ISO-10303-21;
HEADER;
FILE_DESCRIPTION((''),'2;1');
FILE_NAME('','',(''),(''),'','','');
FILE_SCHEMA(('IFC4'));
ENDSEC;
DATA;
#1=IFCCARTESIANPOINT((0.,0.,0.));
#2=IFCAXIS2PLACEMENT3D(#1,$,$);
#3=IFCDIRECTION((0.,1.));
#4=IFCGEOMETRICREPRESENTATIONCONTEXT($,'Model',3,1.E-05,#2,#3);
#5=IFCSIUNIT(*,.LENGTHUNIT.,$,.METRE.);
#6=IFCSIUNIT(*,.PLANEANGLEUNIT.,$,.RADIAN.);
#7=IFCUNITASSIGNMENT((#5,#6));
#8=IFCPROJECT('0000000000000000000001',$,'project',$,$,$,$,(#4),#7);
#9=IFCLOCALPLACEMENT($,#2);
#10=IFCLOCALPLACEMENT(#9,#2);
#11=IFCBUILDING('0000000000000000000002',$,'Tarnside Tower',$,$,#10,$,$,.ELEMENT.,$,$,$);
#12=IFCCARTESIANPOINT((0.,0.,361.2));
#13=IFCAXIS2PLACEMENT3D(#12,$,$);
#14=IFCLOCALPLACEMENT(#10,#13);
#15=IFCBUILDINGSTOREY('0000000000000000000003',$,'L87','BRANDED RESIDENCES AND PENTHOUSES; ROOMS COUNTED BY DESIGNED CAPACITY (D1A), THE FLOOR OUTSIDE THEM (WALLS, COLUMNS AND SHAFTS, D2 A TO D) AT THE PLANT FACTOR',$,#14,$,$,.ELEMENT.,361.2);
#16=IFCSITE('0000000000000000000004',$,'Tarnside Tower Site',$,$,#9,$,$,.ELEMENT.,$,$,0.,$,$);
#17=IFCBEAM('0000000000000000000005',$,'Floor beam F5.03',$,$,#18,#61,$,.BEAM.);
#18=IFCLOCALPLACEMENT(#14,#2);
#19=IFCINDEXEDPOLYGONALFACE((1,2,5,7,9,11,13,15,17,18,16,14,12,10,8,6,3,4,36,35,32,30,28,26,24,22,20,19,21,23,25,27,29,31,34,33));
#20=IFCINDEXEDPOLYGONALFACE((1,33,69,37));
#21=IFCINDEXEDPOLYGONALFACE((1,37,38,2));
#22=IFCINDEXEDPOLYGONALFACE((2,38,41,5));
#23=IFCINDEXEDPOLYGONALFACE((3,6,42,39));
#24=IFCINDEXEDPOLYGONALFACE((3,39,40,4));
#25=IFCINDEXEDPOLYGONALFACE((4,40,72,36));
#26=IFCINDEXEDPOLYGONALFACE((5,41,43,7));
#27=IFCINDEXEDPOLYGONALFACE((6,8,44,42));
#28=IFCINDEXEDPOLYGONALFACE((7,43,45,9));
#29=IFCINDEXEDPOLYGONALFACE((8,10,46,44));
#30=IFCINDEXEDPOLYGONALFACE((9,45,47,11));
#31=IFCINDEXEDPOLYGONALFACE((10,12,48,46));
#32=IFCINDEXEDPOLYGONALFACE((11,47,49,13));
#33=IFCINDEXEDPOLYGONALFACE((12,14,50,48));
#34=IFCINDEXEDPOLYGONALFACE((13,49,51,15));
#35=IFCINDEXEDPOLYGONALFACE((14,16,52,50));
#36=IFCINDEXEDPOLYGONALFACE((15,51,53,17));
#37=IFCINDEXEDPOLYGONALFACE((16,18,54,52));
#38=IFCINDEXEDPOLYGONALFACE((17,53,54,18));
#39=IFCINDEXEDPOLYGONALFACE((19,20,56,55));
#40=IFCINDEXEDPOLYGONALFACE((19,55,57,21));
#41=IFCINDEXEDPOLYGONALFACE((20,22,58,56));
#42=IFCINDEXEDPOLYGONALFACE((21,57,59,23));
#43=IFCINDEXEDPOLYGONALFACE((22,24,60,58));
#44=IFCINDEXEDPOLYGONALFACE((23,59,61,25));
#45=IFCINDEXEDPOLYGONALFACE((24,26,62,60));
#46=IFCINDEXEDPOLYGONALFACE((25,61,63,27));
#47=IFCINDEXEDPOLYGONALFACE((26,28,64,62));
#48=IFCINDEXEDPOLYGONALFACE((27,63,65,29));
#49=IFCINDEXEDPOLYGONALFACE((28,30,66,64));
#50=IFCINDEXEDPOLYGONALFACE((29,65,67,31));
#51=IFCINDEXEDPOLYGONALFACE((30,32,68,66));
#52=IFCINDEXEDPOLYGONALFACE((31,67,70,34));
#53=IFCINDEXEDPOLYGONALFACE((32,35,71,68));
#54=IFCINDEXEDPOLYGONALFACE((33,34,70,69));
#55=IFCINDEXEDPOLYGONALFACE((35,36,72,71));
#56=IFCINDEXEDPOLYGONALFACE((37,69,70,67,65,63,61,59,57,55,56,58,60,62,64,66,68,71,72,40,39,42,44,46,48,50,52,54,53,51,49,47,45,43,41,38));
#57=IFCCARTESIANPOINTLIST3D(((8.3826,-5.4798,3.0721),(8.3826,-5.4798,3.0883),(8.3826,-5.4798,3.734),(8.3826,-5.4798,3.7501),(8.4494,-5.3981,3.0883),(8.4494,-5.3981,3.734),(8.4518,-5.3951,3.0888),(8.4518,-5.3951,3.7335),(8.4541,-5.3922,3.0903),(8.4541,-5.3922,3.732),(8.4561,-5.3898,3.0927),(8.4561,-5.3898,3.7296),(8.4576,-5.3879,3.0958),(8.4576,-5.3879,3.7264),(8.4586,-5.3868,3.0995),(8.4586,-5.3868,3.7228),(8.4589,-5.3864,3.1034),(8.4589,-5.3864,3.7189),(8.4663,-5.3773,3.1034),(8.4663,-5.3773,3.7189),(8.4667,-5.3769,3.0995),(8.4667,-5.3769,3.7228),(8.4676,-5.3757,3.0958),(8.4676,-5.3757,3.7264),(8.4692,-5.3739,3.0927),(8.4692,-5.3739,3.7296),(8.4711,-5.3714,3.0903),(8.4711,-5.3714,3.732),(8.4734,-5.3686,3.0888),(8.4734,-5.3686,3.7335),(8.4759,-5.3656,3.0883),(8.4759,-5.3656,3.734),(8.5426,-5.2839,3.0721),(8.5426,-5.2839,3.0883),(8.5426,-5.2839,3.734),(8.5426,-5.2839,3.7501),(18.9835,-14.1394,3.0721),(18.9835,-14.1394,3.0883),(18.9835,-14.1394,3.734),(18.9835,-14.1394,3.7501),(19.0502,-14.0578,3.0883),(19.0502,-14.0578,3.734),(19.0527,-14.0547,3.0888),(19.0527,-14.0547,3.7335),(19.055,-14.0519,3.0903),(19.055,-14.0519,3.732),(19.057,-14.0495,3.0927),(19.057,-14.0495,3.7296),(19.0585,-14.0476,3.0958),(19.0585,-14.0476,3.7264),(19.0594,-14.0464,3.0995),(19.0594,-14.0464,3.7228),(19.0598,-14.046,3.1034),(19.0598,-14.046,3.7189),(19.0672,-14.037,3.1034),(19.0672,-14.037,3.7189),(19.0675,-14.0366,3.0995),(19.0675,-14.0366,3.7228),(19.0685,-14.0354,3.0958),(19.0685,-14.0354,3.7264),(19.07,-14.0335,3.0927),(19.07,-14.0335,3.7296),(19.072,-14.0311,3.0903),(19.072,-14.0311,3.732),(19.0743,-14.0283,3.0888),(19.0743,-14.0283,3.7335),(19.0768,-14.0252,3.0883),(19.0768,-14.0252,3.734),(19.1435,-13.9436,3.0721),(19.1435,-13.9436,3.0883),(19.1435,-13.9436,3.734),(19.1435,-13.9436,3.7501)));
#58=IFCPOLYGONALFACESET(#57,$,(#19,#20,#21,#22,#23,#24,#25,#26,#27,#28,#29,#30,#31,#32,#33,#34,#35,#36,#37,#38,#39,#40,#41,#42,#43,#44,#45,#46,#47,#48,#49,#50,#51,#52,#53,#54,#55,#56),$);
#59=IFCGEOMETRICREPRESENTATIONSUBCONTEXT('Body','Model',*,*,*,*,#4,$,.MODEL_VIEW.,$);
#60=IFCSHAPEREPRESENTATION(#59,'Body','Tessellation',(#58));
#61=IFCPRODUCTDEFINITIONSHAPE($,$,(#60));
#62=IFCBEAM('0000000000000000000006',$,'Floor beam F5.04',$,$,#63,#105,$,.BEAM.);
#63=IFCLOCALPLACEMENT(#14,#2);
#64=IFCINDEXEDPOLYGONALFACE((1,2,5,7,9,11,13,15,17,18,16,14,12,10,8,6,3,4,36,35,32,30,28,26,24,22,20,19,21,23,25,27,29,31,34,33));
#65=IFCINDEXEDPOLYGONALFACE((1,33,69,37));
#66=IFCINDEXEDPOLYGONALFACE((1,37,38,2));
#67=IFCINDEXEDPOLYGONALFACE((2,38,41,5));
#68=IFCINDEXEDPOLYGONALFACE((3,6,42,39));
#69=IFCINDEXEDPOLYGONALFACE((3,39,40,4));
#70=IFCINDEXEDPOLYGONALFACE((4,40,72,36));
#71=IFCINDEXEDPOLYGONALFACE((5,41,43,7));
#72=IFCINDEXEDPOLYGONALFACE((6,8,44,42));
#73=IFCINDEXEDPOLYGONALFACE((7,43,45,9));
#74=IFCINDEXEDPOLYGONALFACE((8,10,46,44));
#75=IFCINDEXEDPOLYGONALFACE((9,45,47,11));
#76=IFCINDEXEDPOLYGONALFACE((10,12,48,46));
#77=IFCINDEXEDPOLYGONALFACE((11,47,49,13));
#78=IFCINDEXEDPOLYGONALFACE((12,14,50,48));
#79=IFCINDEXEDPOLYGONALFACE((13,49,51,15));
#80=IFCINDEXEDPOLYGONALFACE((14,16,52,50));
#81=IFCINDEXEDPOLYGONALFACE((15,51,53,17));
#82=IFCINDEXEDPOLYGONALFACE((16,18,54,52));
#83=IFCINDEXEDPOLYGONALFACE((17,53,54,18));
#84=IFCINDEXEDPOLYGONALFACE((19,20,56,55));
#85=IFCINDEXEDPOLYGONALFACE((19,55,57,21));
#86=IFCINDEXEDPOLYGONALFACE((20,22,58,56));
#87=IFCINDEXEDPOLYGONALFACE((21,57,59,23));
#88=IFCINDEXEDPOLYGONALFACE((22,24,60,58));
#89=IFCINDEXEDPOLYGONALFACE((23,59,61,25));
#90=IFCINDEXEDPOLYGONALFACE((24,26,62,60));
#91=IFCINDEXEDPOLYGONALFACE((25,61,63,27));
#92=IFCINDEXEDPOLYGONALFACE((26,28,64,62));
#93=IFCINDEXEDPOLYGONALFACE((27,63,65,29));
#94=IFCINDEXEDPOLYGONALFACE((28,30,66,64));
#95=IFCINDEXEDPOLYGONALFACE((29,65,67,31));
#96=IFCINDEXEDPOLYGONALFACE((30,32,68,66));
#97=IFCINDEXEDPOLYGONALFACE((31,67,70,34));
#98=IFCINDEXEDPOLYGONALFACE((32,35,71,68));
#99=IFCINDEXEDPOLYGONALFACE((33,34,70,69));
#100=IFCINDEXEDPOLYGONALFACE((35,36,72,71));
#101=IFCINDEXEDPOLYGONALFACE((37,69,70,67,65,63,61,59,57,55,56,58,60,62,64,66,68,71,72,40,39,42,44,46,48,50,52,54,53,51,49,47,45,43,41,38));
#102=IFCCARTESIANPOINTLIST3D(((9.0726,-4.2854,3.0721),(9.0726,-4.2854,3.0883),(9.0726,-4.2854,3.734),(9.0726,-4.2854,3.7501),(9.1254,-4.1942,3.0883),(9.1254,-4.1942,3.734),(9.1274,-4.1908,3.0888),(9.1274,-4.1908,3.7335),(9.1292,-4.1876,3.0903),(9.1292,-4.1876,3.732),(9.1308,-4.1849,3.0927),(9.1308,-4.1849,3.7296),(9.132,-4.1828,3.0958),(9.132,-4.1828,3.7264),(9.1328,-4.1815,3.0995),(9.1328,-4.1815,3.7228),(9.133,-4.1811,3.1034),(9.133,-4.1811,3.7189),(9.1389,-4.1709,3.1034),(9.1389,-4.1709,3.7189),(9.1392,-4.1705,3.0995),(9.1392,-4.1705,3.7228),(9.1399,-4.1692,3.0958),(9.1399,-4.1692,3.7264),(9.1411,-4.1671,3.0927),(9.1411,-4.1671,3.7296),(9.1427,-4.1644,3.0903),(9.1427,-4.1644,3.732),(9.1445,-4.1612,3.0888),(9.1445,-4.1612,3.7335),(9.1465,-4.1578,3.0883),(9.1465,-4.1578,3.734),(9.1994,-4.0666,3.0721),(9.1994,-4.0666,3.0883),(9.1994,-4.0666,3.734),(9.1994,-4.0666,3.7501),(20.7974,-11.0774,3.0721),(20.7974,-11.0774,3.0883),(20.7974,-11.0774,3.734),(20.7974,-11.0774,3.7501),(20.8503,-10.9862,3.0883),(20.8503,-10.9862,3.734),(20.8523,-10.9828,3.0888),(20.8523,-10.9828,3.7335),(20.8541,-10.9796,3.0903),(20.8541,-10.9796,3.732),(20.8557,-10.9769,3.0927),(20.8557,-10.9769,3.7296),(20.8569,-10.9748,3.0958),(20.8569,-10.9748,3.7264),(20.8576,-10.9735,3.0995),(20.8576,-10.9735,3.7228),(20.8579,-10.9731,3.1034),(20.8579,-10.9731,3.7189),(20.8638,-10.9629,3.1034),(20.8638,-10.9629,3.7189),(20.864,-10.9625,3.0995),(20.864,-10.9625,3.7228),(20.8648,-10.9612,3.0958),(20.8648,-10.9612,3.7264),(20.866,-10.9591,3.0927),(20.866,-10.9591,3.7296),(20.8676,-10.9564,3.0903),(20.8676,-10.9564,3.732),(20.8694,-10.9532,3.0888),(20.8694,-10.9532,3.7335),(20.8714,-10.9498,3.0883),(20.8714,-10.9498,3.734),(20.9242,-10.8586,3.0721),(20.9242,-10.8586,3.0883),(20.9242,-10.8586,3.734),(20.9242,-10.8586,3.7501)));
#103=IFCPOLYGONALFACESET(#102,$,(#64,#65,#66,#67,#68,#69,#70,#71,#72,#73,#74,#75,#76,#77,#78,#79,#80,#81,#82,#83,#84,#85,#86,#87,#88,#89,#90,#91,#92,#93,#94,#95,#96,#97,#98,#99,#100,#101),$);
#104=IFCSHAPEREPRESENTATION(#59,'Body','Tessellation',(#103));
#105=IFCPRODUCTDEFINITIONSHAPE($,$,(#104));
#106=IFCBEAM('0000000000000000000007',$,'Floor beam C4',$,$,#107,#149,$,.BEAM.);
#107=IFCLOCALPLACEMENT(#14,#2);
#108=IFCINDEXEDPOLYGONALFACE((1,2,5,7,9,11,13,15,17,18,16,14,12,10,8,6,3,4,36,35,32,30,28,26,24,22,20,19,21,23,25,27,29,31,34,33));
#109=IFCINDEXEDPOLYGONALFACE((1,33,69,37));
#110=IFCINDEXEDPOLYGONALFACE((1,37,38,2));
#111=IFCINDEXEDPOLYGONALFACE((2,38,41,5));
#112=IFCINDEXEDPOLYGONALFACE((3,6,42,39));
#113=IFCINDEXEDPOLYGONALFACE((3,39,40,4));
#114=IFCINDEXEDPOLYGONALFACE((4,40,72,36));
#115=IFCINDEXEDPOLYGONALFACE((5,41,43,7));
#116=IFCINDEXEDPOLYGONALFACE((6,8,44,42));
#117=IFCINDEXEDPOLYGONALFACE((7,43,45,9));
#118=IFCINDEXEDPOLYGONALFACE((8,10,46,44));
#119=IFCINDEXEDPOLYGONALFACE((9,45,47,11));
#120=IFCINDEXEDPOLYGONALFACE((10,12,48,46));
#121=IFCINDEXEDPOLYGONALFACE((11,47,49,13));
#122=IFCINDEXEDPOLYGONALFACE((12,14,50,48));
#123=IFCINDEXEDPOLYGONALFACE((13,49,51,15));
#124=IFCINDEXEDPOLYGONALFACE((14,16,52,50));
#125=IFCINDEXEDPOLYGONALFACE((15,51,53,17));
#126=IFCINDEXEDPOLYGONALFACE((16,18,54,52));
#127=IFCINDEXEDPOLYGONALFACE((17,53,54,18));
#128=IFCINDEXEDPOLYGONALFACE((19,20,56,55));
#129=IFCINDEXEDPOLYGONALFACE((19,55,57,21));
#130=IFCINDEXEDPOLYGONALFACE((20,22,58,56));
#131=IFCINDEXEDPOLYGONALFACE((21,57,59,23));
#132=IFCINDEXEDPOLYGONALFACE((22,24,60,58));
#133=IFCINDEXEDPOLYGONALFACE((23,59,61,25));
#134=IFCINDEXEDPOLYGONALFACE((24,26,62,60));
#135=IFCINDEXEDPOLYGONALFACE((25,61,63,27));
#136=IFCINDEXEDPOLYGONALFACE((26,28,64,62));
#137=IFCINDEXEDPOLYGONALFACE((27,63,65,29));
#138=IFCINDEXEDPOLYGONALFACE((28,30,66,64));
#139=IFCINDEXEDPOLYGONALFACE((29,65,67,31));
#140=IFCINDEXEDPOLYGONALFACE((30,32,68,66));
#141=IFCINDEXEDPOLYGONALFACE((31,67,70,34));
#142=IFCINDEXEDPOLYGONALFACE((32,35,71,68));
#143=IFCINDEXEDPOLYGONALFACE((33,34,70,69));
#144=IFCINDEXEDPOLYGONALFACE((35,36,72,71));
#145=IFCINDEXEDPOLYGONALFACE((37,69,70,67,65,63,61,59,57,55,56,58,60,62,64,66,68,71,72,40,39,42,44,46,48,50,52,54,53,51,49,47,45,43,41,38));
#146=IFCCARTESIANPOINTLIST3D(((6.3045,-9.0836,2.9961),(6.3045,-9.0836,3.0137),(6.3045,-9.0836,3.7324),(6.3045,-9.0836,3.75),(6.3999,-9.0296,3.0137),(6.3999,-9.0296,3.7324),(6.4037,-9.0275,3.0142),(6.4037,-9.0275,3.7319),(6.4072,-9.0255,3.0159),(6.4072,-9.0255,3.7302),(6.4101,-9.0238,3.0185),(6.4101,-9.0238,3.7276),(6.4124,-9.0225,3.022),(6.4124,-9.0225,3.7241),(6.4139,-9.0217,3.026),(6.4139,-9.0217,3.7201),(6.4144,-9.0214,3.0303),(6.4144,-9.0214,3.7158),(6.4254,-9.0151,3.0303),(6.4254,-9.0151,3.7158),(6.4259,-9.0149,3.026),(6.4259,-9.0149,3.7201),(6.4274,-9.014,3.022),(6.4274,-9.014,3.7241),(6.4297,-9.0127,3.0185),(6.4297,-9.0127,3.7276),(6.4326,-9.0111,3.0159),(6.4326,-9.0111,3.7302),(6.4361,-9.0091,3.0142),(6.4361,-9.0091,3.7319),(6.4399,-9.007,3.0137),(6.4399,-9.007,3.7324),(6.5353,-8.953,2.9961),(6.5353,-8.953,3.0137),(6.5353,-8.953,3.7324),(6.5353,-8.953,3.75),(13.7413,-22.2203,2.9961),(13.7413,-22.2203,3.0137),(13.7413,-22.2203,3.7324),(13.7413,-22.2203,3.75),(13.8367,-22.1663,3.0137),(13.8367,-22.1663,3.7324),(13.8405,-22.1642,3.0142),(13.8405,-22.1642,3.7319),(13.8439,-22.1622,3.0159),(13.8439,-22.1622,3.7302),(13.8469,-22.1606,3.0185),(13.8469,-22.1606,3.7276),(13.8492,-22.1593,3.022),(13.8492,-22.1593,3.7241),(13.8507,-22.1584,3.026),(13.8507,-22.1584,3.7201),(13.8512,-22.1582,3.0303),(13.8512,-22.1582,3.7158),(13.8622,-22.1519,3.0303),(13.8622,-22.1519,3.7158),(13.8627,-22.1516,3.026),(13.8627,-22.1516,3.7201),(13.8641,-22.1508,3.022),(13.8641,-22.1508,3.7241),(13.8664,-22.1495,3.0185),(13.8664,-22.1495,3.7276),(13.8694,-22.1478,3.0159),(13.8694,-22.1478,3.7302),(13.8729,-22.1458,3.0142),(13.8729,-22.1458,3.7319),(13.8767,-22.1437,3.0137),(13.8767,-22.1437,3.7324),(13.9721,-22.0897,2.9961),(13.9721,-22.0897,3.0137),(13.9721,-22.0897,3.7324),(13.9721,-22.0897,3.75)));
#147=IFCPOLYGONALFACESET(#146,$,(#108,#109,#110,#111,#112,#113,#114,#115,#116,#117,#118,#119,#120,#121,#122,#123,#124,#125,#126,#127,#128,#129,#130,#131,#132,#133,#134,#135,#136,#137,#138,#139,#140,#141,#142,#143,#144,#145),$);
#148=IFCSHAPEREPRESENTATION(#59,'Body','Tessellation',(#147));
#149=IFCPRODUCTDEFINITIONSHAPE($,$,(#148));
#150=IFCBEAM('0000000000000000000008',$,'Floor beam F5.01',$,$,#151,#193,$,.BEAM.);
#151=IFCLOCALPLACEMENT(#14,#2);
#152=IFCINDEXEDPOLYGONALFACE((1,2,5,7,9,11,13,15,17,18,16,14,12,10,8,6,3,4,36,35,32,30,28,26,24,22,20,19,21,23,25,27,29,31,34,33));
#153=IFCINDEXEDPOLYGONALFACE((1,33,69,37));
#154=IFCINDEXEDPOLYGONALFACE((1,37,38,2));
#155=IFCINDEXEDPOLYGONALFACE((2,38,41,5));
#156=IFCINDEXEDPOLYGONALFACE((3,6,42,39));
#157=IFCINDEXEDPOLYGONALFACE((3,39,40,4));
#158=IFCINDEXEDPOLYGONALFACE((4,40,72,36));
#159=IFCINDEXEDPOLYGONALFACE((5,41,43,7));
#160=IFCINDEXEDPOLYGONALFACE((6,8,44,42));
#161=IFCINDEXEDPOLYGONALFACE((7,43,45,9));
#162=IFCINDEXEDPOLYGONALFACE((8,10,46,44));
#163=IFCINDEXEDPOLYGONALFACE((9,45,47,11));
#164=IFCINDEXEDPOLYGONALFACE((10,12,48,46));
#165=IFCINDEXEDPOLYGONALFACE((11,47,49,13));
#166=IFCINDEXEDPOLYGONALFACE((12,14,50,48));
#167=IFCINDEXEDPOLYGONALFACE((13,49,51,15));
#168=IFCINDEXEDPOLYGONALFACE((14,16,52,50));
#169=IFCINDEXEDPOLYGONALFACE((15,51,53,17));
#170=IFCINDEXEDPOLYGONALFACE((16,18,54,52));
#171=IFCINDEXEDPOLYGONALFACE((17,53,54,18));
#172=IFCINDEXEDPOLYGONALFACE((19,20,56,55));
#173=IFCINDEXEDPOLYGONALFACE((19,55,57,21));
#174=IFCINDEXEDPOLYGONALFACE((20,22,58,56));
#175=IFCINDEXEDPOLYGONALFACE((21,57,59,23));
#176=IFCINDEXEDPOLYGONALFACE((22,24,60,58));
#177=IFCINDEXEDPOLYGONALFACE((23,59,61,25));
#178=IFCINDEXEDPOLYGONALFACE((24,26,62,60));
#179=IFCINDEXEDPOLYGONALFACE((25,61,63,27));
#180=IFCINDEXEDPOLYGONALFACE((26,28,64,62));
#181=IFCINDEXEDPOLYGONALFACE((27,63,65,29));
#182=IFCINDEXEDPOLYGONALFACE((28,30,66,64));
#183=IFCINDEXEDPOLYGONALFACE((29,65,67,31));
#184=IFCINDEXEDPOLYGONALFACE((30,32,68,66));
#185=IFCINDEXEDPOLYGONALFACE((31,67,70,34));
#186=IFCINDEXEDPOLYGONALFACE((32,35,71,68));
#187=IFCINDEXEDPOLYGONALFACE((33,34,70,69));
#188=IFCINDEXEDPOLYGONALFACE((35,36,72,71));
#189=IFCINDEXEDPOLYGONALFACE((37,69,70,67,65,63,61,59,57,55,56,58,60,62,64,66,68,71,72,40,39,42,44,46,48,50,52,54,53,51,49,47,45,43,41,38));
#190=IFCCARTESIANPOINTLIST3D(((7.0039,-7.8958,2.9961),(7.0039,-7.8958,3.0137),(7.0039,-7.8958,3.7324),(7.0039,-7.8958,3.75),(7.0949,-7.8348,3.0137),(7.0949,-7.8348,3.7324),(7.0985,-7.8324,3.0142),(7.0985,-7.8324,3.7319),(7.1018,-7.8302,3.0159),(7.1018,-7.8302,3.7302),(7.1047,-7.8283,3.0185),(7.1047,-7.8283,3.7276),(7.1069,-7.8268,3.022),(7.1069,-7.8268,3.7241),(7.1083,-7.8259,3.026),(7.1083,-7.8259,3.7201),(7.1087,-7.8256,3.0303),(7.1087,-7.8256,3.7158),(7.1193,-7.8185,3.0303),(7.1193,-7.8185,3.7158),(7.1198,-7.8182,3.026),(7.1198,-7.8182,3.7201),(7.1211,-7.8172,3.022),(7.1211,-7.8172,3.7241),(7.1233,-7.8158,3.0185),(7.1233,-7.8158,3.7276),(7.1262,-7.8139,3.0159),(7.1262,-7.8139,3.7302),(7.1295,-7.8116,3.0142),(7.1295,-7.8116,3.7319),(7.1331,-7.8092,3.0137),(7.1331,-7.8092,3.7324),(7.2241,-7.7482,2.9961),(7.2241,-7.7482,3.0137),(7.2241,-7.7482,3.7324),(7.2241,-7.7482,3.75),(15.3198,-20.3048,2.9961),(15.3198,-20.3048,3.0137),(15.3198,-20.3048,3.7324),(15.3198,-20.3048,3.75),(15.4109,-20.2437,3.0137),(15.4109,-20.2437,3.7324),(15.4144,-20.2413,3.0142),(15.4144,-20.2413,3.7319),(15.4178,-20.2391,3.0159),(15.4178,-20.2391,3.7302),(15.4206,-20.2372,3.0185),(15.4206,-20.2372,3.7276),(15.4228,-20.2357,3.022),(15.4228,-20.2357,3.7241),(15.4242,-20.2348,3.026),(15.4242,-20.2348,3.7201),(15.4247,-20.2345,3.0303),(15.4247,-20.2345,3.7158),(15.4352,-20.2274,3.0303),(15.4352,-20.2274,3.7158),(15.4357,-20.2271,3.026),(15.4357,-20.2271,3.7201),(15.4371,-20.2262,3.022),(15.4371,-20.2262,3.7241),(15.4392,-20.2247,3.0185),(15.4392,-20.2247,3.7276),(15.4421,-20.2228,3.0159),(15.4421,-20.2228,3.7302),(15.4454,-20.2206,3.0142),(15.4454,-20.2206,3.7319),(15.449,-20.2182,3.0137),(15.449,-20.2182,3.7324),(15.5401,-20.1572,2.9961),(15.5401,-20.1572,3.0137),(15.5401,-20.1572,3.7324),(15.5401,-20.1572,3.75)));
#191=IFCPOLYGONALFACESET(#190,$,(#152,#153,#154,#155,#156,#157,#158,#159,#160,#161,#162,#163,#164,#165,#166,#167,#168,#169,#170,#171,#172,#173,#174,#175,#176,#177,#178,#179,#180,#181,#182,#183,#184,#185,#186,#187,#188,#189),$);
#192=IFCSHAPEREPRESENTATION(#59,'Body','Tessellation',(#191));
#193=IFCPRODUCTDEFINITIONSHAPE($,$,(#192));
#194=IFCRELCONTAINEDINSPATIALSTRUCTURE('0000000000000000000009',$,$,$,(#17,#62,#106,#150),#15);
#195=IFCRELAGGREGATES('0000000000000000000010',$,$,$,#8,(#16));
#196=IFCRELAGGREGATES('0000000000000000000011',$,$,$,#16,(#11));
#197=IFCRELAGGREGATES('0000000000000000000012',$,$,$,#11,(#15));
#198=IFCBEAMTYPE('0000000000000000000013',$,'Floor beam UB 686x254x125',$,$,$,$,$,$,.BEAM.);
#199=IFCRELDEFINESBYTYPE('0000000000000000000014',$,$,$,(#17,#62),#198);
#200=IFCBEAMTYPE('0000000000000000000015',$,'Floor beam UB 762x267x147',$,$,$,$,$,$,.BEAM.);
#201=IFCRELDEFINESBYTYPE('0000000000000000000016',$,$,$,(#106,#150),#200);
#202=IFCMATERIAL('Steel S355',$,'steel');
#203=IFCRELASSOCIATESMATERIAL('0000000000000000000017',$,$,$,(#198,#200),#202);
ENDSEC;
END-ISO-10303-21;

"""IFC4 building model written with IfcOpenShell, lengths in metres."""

from ifc_helpers import new_model, si_unit, direction, frame, origin, origin_2d, place, context, subcontext, project, spatial, i_section, extrude, material, material_profile, profile_set, type_object, element, save


model = new_model("IFC4")

# Units and contexts
model_context = context("Model", 3, precision=1e-05, world=origin(), true_north=direction((0.0, 1.0)))
body_context = subcontext(model_context, "Body", "Model", "MODEL_VIEW")
ifc_project = project(units=[si_unit("LENGTHUNIT", "METRE"), si_unit("PLANEANGLEUNIT", "RADIAN")], contexts=[model_context])

# Site, building, storey
site_placement = place(None, origin())
site = spatial("IfcSite", under=ifc_project, at=site_placement, Name="Tarnside Tower Site", CompositionType="ELEMENT", RefElevation=0.0)
building_placement = place(site_placement, origin())
building = spatial("IfcBuilding", under=site, at=building_placement, Name="Tarnside Tower", CompositionType="ELEMENT")
storey_placement = place(building_placement, frame((0.0, 0.0, 361.2)))
storey = spatial("IfcBuildingStorey", under=building, at=storey_placement, Name="L87", Description="BRANDED RESIDENCES AND PENTHOUSES; ROOMS COUNTED BY DESIGNED CAPACITY (D1A), THE FLOOR OUTSIDE THEM (WALLS, COLUMNS AND SHAFTS, D2 A TO D) AT THE PLANT FACTOR", CompositionType="ELEMENT", Elevation=361.2)

# Beams
ifc_material_1 = material(Name="Steel S355", Category="steel")
ifc_material_profile_1 = material_profile(ifc_material_1, i_section(OverallWidth=0.2529, OverallDepth=0.678, WebThickness=0.0117, FlangeThickness=0.0161, FilletRadius=0.0151, at=origin_2d()), Name="UB 686x254x125")
ifc_profile_set_1 = profile_set([ifc_material_profile_1], Name="Steel S355")
beam_type_1 = type_object("IfcBeamType", Name="Floor beam UB 686x254x125", PredefinedType="BEAM", material=ifc_profile_set_1)
beam_1_placement = place(storey_placement, frame((19.0635, -14.0415, 3.4111), z_axis=(-0.774449, 0.632636, 0.0), x_axis=(-0.632636, -0.774449, 0.0)))
element("IfcBeam", 1, at=beam_1_placement, inside=storey, type_object=beam_type_1, Name="Floor beam F5.03", PredefinedType="BEAM", context=body_context, shape_type="SweptSolid", body=[
    extrude(i_section(OverallWidth=0.2529, OverallDepth=0.678, WebThickness=0.0117, FlangeThickness=0.0161, FilletRadius=0.0151, at=origin_2d()), origin(), (0.0, 0.0, 1.0), 13.6882),
])
beam_2_placement = place(storey_placement, frame((20.8608, -10.968, 3.4111), z_axis=(-0.865301, 0.501253, 0.0), x_axis=(-0.501253, -0.865301, 0.0)))
element("IfcBeam", 2, at=beam_2_placement, inside=storey, type_object=beam_type_1, Name="Floor beam F5.04", PredefinedType="BEAM", context=body_context, shape_type="SweptSolid", body=[
    extrude(i_section(OverallWidth=0.2529, OverallDepth=0.678, WebThickness=0.0117, FlangeThickness=0.0161, FilletRadius=0.0151, at=origin_2d()), origin(), (0.0, 0.0, 1.0), 13.55),
])
ifc_material_profile_2 = material_profile(ifc_material_1, i_section(OverallWidth=0.2651, OverallDepth=0.7539, WebThickness=0.0127, FlangeThickness=0.0176, FilletRadius=0.0166, at=origin_2d()), Name="UB 762x267x147")
ifc_profile_set_2 = profile_set([ifc_material_profile_2], Name="Steel S355")
beam_type_2 = type_object("IfcBeamType", Name="Floor beam UB 762x267x147", PredefinedType="BEAM", material=ifc_profile_set_2)
beam_3_placement = place(storey_placement, frame((13.8567, -22.155, 3.373), z_axis=(-0.492643, 0.870232, 0.0), x_axis=(-0.870232, -0.492643, 0.0)))
element("IfcBeam", 3, at=beam_3_placement, inside=storey, type_object=beam_type_2, Name="Floor beam C4", PredefinedType="BEAM", context=body_context, shape_type="SweptSolid", body=[
    extrude(i_section(OverallWidth=0.2651, OverallDepth=0.7539, WebThickness=0.0127, FlangeThickness=0.0176, FilletRadius=0.0166, at=origin_2d()), origin(), (0.0, 0.0, 1.0), 15.0957),
])
beam_4_placement = place(storey_placement, frame((15.4299, -20.231, 3.373), z_axis=(-0.556705, 0.83071, 0.0), x_axis=(-0.83071, -0.556705, 0.0)))
element("IfcBeam", 4, at=beam_4_placement, inside=storey, type_object=beam_type_2, Name="Floor beam F5.01", PredefinedType="BEAM", context=body_context, shape_type="SweptSolid", body=[
    extrude(i_section(OverallWidth=0.2651, OverallDepth=0.7539, WebThickness=0.0127, FlangeThickness=0.0176, FilletRadius=0.0166, at=origin_2d()), origin(), (0.0, 0.0, 1.0), 14.9377),
])

save(model, "model.ifc")
